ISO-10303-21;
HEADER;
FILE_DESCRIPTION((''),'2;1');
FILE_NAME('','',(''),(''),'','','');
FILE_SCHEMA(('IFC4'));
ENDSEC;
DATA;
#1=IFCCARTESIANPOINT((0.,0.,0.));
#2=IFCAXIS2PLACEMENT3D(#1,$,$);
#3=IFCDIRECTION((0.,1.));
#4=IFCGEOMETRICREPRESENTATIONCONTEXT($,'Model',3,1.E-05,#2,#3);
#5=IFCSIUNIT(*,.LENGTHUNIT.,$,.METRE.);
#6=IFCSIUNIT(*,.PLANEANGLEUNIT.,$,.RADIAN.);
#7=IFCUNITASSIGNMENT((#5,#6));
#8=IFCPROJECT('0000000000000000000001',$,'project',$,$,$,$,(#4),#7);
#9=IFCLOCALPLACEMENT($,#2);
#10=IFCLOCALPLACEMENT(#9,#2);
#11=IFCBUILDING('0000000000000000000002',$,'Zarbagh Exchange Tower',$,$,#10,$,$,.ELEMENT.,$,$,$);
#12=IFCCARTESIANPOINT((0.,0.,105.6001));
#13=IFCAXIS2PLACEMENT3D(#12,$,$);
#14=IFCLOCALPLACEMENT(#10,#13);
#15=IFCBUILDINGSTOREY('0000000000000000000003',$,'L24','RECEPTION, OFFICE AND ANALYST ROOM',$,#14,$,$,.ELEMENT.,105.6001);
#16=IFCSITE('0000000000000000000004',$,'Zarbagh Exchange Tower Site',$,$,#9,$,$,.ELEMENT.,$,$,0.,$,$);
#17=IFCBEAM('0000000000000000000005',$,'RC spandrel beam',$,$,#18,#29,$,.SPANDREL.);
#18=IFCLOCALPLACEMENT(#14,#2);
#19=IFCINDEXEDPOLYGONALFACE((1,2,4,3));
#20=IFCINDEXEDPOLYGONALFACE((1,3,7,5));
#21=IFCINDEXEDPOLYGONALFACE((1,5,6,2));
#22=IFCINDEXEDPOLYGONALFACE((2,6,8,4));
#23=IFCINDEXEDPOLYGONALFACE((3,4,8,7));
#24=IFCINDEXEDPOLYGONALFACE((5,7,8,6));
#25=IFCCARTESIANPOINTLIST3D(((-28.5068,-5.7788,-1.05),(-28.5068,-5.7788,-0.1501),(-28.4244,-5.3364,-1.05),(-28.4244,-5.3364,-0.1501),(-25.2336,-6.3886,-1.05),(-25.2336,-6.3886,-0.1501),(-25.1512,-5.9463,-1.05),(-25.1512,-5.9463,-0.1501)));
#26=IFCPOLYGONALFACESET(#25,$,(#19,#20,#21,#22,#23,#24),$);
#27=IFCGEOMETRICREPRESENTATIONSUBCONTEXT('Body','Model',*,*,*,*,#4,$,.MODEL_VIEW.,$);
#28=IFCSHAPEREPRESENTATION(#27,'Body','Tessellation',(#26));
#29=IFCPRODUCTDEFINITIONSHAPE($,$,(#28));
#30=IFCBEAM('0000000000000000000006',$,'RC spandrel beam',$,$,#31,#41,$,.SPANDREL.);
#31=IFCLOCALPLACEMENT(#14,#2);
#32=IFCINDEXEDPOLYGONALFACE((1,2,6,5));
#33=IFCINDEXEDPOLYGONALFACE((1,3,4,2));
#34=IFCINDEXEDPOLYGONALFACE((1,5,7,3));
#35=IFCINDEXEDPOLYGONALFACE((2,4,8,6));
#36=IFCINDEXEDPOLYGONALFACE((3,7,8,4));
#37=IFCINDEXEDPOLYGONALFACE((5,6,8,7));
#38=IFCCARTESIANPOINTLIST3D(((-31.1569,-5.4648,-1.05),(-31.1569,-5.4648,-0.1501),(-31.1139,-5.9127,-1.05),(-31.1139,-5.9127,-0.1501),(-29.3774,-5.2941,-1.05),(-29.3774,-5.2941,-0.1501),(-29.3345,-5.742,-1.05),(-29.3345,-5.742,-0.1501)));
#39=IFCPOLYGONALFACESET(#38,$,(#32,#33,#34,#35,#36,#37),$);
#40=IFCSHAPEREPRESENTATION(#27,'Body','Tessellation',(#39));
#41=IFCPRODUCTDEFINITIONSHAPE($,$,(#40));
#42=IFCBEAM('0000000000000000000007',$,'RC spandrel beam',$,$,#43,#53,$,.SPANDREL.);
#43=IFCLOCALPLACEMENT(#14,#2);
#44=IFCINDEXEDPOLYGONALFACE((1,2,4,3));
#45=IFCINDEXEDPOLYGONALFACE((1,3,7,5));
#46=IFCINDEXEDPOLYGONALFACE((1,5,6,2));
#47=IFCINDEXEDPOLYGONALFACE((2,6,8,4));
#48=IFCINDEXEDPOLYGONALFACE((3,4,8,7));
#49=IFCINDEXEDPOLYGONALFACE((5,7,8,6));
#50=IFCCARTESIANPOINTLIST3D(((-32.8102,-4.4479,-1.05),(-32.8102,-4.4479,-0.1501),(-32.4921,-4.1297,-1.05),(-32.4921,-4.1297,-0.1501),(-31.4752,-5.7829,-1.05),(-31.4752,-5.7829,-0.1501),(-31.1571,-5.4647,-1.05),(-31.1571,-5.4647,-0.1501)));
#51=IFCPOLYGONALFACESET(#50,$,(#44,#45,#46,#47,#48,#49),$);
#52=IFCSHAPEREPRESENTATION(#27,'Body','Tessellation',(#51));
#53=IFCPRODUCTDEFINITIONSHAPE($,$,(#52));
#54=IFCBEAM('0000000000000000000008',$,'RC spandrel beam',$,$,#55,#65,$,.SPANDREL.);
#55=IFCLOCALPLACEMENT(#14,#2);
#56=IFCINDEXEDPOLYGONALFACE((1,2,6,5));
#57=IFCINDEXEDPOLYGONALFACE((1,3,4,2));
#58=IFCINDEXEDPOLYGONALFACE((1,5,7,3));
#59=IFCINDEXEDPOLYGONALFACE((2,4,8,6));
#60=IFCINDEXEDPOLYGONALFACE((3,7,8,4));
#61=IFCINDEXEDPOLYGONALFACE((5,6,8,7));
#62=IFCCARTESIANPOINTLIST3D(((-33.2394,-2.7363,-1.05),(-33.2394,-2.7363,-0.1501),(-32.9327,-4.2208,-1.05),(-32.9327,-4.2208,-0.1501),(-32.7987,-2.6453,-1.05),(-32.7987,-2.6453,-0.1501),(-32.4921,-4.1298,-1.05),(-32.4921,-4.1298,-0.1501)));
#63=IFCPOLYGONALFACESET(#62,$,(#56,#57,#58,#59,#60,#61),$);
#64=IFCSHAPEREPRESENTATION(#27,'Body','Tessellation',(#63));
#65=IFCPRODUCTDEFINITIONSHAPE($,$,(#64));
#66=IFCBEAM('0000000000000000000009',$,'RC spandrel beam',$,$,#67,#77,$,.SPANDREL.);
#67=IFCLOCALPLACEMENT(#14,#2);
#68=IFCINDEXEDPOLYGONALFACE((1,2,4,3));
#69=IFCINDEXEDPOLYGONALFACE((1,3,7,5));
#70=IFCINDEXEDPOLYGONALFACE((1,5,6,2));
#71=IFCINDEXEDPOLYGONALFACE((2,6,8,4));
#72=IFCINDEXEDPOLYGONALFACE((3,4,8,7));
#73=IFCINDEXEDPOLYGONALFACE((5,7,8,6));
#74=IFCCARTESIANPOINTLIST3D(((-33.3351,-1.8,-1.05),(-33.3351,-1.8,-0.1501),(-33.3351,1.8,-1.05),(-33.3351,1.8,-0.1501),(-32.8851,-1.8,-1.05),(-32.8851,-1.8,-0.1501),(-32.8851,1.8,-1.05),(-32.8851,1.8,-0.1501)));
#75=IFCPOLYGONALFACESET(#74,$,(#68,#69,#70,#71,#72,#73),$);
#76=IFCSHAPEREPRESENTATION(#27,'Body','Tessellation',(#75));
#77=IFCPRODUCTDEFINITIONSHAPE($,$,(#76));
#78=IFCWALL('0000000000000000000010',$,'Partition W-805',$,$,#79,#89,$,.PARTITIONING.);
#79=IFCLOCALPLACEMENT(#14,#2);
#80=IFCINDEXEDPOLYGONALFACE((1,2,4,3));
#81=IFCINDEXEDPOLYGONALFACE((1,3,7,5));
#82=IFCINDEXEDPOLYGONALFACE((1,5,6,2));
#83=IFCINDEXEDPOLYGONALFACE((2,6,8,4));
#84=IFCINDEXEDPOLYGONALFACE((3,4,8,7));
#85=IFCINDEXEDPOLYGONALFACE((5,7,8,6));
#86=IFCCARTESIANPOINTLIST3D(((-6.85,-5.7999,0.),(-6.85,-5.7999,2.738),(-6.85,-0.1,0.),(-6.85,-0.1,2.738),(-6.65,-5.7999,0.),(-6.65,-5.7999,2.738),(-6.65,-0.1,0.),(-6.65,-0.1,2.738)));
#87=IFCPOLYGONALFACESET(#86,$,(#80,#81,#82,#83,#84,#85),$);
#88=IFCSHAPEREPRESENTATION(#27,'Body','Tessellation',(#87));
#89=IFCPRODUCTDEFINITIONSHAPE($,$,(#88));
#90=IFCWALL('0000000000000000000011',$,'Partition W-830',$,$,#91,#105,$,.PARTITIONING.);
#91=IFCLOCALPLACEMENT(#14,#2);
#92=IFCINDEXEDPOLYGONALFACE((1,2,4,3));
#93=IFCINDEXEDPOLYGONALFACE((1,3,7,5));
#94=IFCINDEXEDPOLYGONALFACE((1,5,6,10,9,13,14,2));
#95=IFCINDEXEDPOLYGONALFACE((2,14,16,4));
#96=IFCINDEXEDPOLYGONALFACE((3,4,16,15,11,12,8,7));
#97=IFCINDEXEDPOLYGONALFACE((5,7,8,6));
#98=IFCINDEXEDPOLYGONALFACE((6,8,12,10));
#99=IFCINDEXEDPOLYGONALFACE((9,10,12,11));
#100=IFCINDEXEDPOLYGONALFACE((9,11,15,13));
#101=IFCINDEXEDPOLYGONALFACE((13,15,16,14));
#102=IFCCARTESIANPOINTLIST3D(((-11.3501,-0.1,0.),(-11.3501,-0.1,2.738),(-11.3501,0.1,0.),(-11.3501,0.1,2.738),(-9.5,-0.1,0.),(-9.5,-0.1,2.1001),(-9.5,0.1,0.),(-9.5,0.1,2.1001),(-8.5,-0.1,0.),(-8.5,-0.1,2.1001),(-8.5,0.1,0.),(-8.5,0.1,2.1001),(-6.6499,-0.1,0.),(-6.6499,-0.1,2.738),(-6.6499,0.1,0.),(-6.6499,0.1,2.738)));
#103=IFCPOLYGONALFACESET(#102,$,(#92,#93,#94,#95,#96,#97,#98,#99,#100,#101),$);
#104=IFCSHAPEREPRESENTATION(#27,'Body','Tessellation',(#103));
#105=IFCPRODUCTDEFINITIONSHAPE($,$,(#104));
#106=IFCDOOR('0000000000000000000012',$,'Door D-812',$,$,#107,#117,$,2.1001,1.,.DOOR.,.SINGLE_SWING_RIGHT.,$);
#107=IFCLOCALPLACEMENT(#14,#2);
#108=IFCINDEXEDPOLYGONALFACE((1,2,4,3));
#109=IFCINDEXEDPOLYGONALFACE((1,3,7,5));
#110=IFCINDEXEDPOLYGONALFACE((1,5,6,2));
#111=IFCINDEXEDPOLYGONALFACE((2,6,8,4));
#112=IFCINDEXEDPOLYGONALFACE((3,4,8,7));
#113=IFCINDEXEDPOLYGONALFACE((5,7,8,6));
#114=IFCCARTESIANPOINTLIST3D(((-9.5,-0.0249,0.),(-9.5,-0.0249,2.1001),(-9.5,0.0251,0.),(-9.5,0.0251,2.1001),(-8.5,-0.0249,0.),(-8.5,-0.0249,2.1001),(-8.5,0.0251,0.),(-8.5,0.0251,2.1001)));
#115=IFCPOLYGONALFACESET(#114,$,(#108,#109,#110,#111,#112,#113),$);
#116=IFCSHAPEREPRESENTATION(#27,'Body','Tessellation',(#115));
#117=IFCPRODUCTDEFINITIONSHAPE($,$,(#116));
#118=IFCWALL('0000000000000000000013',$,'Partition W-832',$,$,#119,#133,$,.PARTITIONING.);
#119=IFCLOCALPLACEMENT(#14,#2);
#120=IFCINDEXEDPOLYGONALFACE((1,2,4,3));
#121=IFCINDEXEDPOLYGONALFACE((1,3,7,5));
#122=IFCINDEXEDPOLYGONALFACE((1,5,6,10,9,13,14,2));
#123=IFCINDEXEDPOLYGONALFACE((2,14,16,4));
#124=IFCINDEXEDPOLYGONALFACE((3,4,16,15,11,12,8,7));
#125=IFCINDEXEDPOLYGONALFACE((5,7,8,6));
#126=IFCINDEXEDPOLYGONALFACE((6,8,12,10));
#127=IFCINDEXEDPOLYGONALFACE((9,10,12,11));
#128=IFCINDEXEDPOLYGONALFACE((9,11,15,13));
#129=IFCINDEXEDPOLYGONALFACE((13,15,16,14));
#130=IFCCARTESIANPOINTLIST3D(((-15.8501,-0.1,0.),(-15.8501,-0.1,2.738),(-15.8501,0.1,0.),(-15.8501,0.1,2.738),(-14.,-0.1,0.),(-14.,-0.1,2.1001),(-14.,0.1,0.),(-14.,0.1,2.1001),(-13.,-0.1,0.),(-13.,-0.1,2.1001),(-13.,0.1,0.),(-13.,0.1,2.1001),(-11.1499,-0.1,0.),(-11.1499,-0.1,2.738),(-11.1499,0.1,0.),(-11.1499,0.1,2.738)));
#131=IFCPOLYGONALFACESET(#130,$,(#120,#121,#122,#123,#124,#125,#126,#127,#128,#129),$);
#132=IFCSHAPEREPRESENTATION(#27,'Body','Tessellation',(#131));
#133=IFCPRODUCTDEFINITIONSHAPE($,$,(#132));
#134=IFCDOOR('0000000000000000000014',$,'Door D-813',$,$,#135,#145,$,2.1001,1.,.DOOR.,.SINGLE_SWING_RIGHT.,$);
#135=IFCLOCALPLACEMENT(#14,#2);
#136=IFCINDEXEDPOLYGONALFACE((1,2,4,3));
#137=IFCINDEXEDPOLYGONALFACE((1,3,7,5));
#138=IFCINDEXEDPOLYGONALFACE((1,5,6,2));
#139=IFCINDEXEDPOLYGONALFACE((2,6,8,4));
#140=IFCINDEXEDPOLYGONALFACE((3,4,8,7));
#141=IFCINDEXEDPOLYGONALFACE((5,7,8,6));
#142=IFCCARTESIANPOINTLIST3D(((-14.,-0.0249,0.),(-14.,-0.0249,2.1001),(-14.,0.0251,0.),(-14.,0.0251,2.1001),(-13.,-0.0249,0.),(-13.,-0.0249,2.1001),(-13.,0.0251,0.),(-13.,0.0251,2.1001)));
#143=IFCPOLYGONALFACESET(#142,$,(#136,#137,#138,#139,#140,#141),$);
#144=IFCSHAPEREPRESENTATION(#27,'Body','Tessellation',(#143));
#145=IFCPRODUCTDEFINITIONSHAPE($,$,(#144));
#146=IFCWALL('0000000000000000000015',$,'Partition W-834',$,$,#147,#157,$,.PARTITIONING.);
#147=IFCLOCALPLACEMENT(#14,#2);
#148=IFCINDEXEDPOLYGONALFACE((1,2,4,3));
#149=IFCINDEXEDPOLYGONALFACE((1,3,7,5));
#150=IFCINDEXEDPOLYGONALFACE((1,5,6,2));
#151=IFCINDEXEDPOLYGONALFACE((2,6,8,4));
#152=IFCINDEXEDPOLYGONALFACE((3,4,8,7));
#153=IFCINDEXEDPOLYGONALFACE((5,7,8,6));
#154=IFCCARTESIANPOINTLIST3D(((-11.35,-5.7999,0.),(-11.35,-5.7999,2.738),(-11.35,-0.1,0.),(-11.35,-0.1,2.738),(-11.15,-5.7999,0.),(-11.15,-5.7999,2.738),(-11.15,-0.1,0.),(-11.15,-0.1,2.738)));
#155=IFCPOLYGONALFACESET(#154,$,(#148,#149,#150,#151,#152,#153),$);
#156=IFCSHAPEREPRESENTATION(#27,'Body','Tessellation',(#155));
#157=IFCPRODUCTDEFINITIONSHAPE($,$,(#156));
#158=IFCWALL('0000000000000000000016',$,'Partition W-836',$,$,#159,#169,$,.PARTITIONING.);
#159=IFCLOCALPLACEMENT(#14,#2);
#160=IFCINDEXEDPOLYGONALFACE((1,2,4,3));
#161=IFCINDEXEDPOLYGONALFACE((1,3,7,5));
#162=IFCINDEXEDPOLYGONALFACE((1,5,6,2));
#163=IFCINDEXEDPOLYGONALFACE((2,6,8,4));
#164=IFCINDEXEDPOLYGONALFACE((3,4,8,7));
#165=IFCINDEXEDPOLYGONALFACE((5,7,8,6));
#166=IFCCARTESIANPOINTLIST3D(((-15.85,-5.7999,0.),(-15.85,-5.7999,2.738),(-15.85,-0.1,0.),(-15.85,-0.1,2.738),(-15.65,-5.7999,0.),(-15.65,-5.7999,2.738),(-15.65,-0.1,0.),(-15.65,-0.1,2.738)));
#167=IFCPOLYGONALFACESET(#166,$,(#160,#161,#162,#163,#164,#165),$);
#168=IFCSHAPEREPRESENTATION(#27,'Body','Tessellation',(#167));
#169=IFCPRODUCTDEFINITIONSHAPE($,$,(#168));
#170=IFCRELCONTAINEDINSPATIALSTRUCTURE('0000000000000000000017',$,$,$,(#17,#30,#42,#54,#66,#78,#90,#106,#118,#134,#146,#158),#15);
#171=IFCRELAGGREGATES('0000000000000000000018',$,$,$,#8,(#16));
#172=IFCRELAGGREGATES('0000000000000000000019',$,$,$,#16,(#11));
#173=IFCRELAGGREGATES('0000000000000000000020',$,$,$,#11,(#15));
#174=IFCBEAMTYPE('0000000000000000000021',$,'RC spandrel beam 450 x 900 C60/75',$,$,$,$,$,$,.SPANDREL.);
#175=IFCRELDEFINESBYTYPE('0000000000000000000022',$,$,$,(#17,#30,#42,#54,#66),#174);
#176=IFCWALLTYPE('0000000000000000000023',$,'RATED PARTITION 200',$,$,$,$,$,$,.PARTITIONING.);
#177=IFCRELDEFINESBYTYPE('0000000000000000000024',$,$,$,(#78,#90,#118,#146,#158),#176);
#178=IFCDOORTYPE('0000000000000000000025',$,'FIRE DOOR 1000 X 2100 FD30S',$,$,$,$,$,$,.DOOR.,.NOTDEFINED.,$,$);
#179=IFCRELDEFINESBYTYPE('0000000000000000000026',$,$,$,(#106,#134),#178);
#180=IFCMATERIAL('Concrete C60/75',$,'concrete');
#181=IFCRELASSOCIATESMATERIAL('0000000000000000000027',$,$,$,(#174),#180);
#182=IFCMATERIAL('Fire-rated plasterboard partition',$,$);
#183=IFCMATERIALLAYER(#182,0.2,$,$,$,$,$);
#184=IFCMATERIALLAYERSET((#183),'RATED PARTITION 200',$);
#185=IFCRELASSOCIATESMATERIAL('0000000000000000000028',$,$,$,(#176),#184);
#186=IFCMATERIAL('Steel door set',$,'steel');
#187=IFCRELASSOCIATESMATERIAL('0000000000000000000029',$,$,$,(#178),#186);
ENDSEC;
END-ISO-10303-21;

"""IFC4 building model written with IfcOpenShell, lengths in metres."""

from ifc_helpers import new_model, si_unit, direction, frame, frame_2d, origin, origin_2d, place, context, subcontext, project, spatial, rectangle, extrude, material, layer, layer_set, material_profile, profile_set, type_object, element, fill, save


model = new_model("IFC4")

# Units and contexts
model_context = context("Model", 3, precision=1e-05, world=origin(), true_north=direction((0.0, 1.0)))
body_context = subcontext(model_context, "Body", "Model", "MODEL_VIEW")
ifc_project = project(units=[si_unit("LENGTHUNIT", "METRE"), si_unit("PLANEANGLEUNIT", "RADIAN")], contexts=[model_context])

# Site, building, storey
site_placement = place(None, origin())
site = spatial("IfcSite", under=ifc_project, at=site_placement, Name="Zarbagh Exchange Tower Site", CompositionType="ELEMENT", RefElevation=0.0)
building_placement = place(site_placement, origin())
building = spatial("IfcBuilding", under=site, at=building_placement, Name="Zarbagh Exchange Tower", CompositionType="ELEMENT")
storey_placement = place(building_placement, frame((0.0, 0.0, 105.6001)))
storey = spatial("IfcBuildingStorey", under=building, at=storey_placement, Name="L24", Description="RECEPTION, OFFICE AND ANALYST ROOM", CompositionType="ELEMENT", Elevation=105.6001)

# Shared definitions
ifc_material_1 = material(Name="Concrete C60/75", Category="concrete")

# Beams
ifc_material_profile_1 = material_profile(ifc_material_1, rectangle(XDim=0.45, YDim=0.8999, at=origin_2d()), Name="RC spandrel beam 450 x 900 C60/75")
ifc_profile_set_1 = profile_set([ifc_material_profile_1], Name="Concrete C60/75")
beam_type_1 = type_object("IfcBeamType", Name="RC spandrel beam 450 x 900 C60/75", PredefinedType="SPANDREL", material=ifc_profile_set_1)
beam_1_placement = place(storey_placement, frame((-25.1924, -6.1675, -0.6001), z_axis=(-0.983082, 0.183168, 0.0), x_axis=(-0.183168, -0.983082, 0.0)))
element("IfcBeam", 1, at=beam_1_placement, inside=storey, type_object=beam_type_1, Name="RC spandrel beam", PredefinedType="SPANDREL", context=body_context, shape_type="SweptSolid", body=[
    extrude(rectangle(XDim=0.45, YDim=0.8999, at=origin_2d()), origin(), (0.0, 0.0, 1.0), 3.3296),
])
beam_2_placement = place(storey_placement, frame((-29.356, -5.5181, -0.6001), z_axis=(-0.995433, -0.09546, 0.0), x_axis=(0.09546, -0.995433, 0.0)))
element("IfcBeam", 2, at=beam_2_placement, inside=storey, type_object=beam_type_1, Name="RC spandrel beam", PredefinedType="SPANDREL", context=body_context, shape_type="SweptSolid", body=[
    extrude(rectangle(XDim=0.45, YDim=0.8999, at=origin_2d()), origin(), (0.0, 0.0, 1.0), 1.7876),
])
beam_3_placement = place(storey_placement, frame((-31.3162, -5.6238, -0.6001), z_axis=(-0.707107, 0.707107, 0.0), x_axis=(-0.707107, -0.707107, 0.0)))
element("IfcBeam", 3, at=beam_3_placement, inside=storey, type_object=beam_type_1, Name="RC spandrel beam", PredefinedType="SPANDREL", context=body_context, shape_type="SweptSolid", body=[
    extrude(rectangle(XDim=0.45, YDim=0.8999, at=origin_2d()), origin(), (0.0, 0.0, 1.0), 1.8879),
])
beam_4_placement = place(storey_placement, frame((-32.7124, -4.1753, -0.6001), z_axis=(-0.202275, 0.979329, 0.0), x_axis=(-0.979329, -0.202275, 0.0)))
element("IfcBeam", 4, at=beam_4_placement, inside=storey, type_object=beam_type_1, Name="RC spandrel beam", PredefinedType="SPANDREL", context=body_context, shape_type="SweptSolid", body=[
    extrude(rectangle(XDim=0.45, YDim=0.8999, at=origin_2d()), origin(), (0.0, 0.0, 1.0), 1.5159),
])
beam_5_placement = place(storey_placement, frame((-33.1101, -1.8, -0.6001), z_axis=(0.0, 1.0, 0.0), x_axis=(-1.0, 0.0, 0.0)))
element("IfcBeam", 5, at=beam_5_placement, inside=storey, type_object=beam_type_1, Name="RC spandrel beam", PredefinedType="SPANDREL", context=body_context, shape_type="SweptSolid", body=[
    extrude(rectangle(XDim=0.45, YDim=0.8999, at=origin_2d()), origin(), (0.0, 0.0, 1.0), 3.6001),
])

# Wall
ifc_material_2 = material(Name="Fire-rated plasterboard partition")
ifc_layer = layer(ifc_material_2, 0.2)
ifc_layer_set = layer_set([ifc_layer], Name="RATED PARTITION 200")
wall_type = type_object("IfcWallType", Name="RATED PARTITION 200", PredefinedType="PARTITIONING", material=ifc_layer_set)
wall_1_placement = place(storey_placement, frame((-6.75, -5.8, 0.0), z_axis=(0.0, 0.0, 1.0), x_axis=(0.0, 1.0, 0.0)))
element("IfcWall", 6, at=wall_1_placement, inside=storey, type_object=wall_type, Name="Partition W-805", PredefinedType="PARTITIONING", context=body_context, shape_type="SweptSolid", body=[
    extrude(rectangle(XDim=5.7, YDim=0.2, at=frame_2d((2.8501, 0.0))), origin(), (0.0, 0.0, 1.0), 2.738),
])

# Walls, openings, doors
wall_2_placement = place(storey_placement, frame((-6.6499, 0.0, 0.0), z_axis=(0.0, 0.0, 1.0), x_axis=(-1.0, 0.0, 0.0)))
wall_2 = element("IfcWall", 7, at=wall_2_placement, inside=storey, type_object=wall_type, Name="Partition W-830", PredefinedType="PARTITIONING", context=body_context, shape_type="SweptSolid", body=[
    extrude(rectangle(XDim=4.7002, YDim=0.2, at=frame_2d((2.3501, 0.0))), origin(), (0.0, 0.0, 1.0), 2.738),
])
opening_1_placement = place(wall_2_placement, frame((1.8501, 0.0, 0.0)))
opening_1 = element("IfcOpeningElement", 8, at=opening_1_placement, cuts=wall_2, PredefinedType="OPENING", context=body_context, shape_type="SweptSolid", body=[
    extrude(rectangle(XDim=1.0, YDim=2.1001, at=frame_2d((0.5, 1.05))), frame((0.0, 0.1099, 0.0), z_axis=(0.0, -1.0, 0.0), x_axis=(1.0, 0.0, 0.0)), (0.0, 0.0, 1.0), 0.22),
])
ifc_material_3 = material(Name="Steel door set", Category="steel")
door_type = type_object("IfcDoorType", Name="FIRE DOOR 1000 X 2100 FD30S", OperationType="NOTDEFINED", PredefinedType="DOOR", material=ifc_material_3)
door_1_placement = place(opening_1_placement, origin())
door_1 = element("IfcDoor", 9, at=door_1_placement, inside=storey, type_object=door_type, Name="Door D-812", OperationType="SINGLE_SWING_RIGHT", OverallHeight=2.1001, OverallWidth=1.0, PredefinedType="DOOR", context=body_context, shape_type="SweptSolid", body=[
    extrude(rectangle(XDim=1.0, YDim=2.1001, at=frame_2d((0.5, 1.05))), frame((0.0, 0.0249, 0.0), z_axis=(0.0, -1.0, 0.0), x_axis=(1.0, 0.0, 0.0)), (0.0, 0.0, 1.0), 0.05),
])
fill(opening_1, door_1)
wall_3_placement = place(storey_placement, frame((-11.1499, 0.0, 0.0), z_axis=(0.0, 0.0, 1.0), x_axis=(-1.0, 0.0, 0.0)))
wall_3 = element("IfcWall", 10, at=wall_3_placement, inside=storey, type_object=wall_type, Name="Partition W-832", PredefinedType="PARTITIONING", context=body_context, shape_type="SweptSolid", body=[
    extrude(rectangle(XDim=4.7002, YDim=0.2, at=frame_2d((2.3501, 0.0))), origin(), (0.0, 0.0, 1.0), 2.738),
])
opening_2_placement = place(wall_3_placement, frame((1.8501, 0.0, 0.0)))
opening_2 = element("IfcOpeningElement", 11, at=opening_2_placement, cuts=wall_3, PredefinedType="OPENING", context=body_context, shape_type="SweptSolid", body=[
    extrude(rectangle(XDim=1.0, YDim=2.1001, at=frame_2d((0.5, 1.05))), frame((0.0, 0.1099, 0.0), z_axis=(0.0, -1.0, 0.0), x_axis=(1.0, 0.0, 0.0)), (0.0, 0.0, 1.0), 0.22),
])
door_2_placement = place(opening_2_placement, origin())
door_2 = element("IfcDoor", 12, at=door_2_placement, inside=storey, type_object=door_type, Name="Door D-813", OperationType="SINGLE_SWING_RIGHT", OverallHeight=2.1001, OverallWidth=1.0, PredefinedType="DOOR", context=body_context, shape_type="SweptSolid", body=[
    extrude(rectangle(XDim=1.0, YDim=2.1001, at=frame_2d((0.5, 1.05))), frame((0.0, 0.0249, 0.0), z_axis=(0.0, -1.0, 0.0), x_axis=(1.0, 0.0, 0.0)), (0.0, 0.0, 1.0), 0.05),
])
fill(opening_2, door_2)

# Walls
for number, where, z_axis, x_axis, name in (
    (13, (-11.25, -5.8, 0.0), (0.0, 0.0, 1.0), (0.0, 1.0, 0.0), "Partition W-834"),
    (14, (-15.75, -5.8, 0.0), (0.0, 0.0, 1.0), (0.0, 1.0, 0.0), "Partition W-836"),
):
    element("IfcWall", number, at=place(storey_placement, frame(where, z_axis=z_axis, x_axis=x_axis)), inside=storey, type_object=wall_type, Name=name, PredefinedType="PARTITIONING", context=body_context, shape_type="SweptSolid", body=[
        extrude(rectangle(XDim=5.7, YDim=0.2, at=frame_2d((2.8501, 0.0))), origin(), (0.0, 0.0, 1.0), 2.738),
    ])

save(model, "model.ifc")
